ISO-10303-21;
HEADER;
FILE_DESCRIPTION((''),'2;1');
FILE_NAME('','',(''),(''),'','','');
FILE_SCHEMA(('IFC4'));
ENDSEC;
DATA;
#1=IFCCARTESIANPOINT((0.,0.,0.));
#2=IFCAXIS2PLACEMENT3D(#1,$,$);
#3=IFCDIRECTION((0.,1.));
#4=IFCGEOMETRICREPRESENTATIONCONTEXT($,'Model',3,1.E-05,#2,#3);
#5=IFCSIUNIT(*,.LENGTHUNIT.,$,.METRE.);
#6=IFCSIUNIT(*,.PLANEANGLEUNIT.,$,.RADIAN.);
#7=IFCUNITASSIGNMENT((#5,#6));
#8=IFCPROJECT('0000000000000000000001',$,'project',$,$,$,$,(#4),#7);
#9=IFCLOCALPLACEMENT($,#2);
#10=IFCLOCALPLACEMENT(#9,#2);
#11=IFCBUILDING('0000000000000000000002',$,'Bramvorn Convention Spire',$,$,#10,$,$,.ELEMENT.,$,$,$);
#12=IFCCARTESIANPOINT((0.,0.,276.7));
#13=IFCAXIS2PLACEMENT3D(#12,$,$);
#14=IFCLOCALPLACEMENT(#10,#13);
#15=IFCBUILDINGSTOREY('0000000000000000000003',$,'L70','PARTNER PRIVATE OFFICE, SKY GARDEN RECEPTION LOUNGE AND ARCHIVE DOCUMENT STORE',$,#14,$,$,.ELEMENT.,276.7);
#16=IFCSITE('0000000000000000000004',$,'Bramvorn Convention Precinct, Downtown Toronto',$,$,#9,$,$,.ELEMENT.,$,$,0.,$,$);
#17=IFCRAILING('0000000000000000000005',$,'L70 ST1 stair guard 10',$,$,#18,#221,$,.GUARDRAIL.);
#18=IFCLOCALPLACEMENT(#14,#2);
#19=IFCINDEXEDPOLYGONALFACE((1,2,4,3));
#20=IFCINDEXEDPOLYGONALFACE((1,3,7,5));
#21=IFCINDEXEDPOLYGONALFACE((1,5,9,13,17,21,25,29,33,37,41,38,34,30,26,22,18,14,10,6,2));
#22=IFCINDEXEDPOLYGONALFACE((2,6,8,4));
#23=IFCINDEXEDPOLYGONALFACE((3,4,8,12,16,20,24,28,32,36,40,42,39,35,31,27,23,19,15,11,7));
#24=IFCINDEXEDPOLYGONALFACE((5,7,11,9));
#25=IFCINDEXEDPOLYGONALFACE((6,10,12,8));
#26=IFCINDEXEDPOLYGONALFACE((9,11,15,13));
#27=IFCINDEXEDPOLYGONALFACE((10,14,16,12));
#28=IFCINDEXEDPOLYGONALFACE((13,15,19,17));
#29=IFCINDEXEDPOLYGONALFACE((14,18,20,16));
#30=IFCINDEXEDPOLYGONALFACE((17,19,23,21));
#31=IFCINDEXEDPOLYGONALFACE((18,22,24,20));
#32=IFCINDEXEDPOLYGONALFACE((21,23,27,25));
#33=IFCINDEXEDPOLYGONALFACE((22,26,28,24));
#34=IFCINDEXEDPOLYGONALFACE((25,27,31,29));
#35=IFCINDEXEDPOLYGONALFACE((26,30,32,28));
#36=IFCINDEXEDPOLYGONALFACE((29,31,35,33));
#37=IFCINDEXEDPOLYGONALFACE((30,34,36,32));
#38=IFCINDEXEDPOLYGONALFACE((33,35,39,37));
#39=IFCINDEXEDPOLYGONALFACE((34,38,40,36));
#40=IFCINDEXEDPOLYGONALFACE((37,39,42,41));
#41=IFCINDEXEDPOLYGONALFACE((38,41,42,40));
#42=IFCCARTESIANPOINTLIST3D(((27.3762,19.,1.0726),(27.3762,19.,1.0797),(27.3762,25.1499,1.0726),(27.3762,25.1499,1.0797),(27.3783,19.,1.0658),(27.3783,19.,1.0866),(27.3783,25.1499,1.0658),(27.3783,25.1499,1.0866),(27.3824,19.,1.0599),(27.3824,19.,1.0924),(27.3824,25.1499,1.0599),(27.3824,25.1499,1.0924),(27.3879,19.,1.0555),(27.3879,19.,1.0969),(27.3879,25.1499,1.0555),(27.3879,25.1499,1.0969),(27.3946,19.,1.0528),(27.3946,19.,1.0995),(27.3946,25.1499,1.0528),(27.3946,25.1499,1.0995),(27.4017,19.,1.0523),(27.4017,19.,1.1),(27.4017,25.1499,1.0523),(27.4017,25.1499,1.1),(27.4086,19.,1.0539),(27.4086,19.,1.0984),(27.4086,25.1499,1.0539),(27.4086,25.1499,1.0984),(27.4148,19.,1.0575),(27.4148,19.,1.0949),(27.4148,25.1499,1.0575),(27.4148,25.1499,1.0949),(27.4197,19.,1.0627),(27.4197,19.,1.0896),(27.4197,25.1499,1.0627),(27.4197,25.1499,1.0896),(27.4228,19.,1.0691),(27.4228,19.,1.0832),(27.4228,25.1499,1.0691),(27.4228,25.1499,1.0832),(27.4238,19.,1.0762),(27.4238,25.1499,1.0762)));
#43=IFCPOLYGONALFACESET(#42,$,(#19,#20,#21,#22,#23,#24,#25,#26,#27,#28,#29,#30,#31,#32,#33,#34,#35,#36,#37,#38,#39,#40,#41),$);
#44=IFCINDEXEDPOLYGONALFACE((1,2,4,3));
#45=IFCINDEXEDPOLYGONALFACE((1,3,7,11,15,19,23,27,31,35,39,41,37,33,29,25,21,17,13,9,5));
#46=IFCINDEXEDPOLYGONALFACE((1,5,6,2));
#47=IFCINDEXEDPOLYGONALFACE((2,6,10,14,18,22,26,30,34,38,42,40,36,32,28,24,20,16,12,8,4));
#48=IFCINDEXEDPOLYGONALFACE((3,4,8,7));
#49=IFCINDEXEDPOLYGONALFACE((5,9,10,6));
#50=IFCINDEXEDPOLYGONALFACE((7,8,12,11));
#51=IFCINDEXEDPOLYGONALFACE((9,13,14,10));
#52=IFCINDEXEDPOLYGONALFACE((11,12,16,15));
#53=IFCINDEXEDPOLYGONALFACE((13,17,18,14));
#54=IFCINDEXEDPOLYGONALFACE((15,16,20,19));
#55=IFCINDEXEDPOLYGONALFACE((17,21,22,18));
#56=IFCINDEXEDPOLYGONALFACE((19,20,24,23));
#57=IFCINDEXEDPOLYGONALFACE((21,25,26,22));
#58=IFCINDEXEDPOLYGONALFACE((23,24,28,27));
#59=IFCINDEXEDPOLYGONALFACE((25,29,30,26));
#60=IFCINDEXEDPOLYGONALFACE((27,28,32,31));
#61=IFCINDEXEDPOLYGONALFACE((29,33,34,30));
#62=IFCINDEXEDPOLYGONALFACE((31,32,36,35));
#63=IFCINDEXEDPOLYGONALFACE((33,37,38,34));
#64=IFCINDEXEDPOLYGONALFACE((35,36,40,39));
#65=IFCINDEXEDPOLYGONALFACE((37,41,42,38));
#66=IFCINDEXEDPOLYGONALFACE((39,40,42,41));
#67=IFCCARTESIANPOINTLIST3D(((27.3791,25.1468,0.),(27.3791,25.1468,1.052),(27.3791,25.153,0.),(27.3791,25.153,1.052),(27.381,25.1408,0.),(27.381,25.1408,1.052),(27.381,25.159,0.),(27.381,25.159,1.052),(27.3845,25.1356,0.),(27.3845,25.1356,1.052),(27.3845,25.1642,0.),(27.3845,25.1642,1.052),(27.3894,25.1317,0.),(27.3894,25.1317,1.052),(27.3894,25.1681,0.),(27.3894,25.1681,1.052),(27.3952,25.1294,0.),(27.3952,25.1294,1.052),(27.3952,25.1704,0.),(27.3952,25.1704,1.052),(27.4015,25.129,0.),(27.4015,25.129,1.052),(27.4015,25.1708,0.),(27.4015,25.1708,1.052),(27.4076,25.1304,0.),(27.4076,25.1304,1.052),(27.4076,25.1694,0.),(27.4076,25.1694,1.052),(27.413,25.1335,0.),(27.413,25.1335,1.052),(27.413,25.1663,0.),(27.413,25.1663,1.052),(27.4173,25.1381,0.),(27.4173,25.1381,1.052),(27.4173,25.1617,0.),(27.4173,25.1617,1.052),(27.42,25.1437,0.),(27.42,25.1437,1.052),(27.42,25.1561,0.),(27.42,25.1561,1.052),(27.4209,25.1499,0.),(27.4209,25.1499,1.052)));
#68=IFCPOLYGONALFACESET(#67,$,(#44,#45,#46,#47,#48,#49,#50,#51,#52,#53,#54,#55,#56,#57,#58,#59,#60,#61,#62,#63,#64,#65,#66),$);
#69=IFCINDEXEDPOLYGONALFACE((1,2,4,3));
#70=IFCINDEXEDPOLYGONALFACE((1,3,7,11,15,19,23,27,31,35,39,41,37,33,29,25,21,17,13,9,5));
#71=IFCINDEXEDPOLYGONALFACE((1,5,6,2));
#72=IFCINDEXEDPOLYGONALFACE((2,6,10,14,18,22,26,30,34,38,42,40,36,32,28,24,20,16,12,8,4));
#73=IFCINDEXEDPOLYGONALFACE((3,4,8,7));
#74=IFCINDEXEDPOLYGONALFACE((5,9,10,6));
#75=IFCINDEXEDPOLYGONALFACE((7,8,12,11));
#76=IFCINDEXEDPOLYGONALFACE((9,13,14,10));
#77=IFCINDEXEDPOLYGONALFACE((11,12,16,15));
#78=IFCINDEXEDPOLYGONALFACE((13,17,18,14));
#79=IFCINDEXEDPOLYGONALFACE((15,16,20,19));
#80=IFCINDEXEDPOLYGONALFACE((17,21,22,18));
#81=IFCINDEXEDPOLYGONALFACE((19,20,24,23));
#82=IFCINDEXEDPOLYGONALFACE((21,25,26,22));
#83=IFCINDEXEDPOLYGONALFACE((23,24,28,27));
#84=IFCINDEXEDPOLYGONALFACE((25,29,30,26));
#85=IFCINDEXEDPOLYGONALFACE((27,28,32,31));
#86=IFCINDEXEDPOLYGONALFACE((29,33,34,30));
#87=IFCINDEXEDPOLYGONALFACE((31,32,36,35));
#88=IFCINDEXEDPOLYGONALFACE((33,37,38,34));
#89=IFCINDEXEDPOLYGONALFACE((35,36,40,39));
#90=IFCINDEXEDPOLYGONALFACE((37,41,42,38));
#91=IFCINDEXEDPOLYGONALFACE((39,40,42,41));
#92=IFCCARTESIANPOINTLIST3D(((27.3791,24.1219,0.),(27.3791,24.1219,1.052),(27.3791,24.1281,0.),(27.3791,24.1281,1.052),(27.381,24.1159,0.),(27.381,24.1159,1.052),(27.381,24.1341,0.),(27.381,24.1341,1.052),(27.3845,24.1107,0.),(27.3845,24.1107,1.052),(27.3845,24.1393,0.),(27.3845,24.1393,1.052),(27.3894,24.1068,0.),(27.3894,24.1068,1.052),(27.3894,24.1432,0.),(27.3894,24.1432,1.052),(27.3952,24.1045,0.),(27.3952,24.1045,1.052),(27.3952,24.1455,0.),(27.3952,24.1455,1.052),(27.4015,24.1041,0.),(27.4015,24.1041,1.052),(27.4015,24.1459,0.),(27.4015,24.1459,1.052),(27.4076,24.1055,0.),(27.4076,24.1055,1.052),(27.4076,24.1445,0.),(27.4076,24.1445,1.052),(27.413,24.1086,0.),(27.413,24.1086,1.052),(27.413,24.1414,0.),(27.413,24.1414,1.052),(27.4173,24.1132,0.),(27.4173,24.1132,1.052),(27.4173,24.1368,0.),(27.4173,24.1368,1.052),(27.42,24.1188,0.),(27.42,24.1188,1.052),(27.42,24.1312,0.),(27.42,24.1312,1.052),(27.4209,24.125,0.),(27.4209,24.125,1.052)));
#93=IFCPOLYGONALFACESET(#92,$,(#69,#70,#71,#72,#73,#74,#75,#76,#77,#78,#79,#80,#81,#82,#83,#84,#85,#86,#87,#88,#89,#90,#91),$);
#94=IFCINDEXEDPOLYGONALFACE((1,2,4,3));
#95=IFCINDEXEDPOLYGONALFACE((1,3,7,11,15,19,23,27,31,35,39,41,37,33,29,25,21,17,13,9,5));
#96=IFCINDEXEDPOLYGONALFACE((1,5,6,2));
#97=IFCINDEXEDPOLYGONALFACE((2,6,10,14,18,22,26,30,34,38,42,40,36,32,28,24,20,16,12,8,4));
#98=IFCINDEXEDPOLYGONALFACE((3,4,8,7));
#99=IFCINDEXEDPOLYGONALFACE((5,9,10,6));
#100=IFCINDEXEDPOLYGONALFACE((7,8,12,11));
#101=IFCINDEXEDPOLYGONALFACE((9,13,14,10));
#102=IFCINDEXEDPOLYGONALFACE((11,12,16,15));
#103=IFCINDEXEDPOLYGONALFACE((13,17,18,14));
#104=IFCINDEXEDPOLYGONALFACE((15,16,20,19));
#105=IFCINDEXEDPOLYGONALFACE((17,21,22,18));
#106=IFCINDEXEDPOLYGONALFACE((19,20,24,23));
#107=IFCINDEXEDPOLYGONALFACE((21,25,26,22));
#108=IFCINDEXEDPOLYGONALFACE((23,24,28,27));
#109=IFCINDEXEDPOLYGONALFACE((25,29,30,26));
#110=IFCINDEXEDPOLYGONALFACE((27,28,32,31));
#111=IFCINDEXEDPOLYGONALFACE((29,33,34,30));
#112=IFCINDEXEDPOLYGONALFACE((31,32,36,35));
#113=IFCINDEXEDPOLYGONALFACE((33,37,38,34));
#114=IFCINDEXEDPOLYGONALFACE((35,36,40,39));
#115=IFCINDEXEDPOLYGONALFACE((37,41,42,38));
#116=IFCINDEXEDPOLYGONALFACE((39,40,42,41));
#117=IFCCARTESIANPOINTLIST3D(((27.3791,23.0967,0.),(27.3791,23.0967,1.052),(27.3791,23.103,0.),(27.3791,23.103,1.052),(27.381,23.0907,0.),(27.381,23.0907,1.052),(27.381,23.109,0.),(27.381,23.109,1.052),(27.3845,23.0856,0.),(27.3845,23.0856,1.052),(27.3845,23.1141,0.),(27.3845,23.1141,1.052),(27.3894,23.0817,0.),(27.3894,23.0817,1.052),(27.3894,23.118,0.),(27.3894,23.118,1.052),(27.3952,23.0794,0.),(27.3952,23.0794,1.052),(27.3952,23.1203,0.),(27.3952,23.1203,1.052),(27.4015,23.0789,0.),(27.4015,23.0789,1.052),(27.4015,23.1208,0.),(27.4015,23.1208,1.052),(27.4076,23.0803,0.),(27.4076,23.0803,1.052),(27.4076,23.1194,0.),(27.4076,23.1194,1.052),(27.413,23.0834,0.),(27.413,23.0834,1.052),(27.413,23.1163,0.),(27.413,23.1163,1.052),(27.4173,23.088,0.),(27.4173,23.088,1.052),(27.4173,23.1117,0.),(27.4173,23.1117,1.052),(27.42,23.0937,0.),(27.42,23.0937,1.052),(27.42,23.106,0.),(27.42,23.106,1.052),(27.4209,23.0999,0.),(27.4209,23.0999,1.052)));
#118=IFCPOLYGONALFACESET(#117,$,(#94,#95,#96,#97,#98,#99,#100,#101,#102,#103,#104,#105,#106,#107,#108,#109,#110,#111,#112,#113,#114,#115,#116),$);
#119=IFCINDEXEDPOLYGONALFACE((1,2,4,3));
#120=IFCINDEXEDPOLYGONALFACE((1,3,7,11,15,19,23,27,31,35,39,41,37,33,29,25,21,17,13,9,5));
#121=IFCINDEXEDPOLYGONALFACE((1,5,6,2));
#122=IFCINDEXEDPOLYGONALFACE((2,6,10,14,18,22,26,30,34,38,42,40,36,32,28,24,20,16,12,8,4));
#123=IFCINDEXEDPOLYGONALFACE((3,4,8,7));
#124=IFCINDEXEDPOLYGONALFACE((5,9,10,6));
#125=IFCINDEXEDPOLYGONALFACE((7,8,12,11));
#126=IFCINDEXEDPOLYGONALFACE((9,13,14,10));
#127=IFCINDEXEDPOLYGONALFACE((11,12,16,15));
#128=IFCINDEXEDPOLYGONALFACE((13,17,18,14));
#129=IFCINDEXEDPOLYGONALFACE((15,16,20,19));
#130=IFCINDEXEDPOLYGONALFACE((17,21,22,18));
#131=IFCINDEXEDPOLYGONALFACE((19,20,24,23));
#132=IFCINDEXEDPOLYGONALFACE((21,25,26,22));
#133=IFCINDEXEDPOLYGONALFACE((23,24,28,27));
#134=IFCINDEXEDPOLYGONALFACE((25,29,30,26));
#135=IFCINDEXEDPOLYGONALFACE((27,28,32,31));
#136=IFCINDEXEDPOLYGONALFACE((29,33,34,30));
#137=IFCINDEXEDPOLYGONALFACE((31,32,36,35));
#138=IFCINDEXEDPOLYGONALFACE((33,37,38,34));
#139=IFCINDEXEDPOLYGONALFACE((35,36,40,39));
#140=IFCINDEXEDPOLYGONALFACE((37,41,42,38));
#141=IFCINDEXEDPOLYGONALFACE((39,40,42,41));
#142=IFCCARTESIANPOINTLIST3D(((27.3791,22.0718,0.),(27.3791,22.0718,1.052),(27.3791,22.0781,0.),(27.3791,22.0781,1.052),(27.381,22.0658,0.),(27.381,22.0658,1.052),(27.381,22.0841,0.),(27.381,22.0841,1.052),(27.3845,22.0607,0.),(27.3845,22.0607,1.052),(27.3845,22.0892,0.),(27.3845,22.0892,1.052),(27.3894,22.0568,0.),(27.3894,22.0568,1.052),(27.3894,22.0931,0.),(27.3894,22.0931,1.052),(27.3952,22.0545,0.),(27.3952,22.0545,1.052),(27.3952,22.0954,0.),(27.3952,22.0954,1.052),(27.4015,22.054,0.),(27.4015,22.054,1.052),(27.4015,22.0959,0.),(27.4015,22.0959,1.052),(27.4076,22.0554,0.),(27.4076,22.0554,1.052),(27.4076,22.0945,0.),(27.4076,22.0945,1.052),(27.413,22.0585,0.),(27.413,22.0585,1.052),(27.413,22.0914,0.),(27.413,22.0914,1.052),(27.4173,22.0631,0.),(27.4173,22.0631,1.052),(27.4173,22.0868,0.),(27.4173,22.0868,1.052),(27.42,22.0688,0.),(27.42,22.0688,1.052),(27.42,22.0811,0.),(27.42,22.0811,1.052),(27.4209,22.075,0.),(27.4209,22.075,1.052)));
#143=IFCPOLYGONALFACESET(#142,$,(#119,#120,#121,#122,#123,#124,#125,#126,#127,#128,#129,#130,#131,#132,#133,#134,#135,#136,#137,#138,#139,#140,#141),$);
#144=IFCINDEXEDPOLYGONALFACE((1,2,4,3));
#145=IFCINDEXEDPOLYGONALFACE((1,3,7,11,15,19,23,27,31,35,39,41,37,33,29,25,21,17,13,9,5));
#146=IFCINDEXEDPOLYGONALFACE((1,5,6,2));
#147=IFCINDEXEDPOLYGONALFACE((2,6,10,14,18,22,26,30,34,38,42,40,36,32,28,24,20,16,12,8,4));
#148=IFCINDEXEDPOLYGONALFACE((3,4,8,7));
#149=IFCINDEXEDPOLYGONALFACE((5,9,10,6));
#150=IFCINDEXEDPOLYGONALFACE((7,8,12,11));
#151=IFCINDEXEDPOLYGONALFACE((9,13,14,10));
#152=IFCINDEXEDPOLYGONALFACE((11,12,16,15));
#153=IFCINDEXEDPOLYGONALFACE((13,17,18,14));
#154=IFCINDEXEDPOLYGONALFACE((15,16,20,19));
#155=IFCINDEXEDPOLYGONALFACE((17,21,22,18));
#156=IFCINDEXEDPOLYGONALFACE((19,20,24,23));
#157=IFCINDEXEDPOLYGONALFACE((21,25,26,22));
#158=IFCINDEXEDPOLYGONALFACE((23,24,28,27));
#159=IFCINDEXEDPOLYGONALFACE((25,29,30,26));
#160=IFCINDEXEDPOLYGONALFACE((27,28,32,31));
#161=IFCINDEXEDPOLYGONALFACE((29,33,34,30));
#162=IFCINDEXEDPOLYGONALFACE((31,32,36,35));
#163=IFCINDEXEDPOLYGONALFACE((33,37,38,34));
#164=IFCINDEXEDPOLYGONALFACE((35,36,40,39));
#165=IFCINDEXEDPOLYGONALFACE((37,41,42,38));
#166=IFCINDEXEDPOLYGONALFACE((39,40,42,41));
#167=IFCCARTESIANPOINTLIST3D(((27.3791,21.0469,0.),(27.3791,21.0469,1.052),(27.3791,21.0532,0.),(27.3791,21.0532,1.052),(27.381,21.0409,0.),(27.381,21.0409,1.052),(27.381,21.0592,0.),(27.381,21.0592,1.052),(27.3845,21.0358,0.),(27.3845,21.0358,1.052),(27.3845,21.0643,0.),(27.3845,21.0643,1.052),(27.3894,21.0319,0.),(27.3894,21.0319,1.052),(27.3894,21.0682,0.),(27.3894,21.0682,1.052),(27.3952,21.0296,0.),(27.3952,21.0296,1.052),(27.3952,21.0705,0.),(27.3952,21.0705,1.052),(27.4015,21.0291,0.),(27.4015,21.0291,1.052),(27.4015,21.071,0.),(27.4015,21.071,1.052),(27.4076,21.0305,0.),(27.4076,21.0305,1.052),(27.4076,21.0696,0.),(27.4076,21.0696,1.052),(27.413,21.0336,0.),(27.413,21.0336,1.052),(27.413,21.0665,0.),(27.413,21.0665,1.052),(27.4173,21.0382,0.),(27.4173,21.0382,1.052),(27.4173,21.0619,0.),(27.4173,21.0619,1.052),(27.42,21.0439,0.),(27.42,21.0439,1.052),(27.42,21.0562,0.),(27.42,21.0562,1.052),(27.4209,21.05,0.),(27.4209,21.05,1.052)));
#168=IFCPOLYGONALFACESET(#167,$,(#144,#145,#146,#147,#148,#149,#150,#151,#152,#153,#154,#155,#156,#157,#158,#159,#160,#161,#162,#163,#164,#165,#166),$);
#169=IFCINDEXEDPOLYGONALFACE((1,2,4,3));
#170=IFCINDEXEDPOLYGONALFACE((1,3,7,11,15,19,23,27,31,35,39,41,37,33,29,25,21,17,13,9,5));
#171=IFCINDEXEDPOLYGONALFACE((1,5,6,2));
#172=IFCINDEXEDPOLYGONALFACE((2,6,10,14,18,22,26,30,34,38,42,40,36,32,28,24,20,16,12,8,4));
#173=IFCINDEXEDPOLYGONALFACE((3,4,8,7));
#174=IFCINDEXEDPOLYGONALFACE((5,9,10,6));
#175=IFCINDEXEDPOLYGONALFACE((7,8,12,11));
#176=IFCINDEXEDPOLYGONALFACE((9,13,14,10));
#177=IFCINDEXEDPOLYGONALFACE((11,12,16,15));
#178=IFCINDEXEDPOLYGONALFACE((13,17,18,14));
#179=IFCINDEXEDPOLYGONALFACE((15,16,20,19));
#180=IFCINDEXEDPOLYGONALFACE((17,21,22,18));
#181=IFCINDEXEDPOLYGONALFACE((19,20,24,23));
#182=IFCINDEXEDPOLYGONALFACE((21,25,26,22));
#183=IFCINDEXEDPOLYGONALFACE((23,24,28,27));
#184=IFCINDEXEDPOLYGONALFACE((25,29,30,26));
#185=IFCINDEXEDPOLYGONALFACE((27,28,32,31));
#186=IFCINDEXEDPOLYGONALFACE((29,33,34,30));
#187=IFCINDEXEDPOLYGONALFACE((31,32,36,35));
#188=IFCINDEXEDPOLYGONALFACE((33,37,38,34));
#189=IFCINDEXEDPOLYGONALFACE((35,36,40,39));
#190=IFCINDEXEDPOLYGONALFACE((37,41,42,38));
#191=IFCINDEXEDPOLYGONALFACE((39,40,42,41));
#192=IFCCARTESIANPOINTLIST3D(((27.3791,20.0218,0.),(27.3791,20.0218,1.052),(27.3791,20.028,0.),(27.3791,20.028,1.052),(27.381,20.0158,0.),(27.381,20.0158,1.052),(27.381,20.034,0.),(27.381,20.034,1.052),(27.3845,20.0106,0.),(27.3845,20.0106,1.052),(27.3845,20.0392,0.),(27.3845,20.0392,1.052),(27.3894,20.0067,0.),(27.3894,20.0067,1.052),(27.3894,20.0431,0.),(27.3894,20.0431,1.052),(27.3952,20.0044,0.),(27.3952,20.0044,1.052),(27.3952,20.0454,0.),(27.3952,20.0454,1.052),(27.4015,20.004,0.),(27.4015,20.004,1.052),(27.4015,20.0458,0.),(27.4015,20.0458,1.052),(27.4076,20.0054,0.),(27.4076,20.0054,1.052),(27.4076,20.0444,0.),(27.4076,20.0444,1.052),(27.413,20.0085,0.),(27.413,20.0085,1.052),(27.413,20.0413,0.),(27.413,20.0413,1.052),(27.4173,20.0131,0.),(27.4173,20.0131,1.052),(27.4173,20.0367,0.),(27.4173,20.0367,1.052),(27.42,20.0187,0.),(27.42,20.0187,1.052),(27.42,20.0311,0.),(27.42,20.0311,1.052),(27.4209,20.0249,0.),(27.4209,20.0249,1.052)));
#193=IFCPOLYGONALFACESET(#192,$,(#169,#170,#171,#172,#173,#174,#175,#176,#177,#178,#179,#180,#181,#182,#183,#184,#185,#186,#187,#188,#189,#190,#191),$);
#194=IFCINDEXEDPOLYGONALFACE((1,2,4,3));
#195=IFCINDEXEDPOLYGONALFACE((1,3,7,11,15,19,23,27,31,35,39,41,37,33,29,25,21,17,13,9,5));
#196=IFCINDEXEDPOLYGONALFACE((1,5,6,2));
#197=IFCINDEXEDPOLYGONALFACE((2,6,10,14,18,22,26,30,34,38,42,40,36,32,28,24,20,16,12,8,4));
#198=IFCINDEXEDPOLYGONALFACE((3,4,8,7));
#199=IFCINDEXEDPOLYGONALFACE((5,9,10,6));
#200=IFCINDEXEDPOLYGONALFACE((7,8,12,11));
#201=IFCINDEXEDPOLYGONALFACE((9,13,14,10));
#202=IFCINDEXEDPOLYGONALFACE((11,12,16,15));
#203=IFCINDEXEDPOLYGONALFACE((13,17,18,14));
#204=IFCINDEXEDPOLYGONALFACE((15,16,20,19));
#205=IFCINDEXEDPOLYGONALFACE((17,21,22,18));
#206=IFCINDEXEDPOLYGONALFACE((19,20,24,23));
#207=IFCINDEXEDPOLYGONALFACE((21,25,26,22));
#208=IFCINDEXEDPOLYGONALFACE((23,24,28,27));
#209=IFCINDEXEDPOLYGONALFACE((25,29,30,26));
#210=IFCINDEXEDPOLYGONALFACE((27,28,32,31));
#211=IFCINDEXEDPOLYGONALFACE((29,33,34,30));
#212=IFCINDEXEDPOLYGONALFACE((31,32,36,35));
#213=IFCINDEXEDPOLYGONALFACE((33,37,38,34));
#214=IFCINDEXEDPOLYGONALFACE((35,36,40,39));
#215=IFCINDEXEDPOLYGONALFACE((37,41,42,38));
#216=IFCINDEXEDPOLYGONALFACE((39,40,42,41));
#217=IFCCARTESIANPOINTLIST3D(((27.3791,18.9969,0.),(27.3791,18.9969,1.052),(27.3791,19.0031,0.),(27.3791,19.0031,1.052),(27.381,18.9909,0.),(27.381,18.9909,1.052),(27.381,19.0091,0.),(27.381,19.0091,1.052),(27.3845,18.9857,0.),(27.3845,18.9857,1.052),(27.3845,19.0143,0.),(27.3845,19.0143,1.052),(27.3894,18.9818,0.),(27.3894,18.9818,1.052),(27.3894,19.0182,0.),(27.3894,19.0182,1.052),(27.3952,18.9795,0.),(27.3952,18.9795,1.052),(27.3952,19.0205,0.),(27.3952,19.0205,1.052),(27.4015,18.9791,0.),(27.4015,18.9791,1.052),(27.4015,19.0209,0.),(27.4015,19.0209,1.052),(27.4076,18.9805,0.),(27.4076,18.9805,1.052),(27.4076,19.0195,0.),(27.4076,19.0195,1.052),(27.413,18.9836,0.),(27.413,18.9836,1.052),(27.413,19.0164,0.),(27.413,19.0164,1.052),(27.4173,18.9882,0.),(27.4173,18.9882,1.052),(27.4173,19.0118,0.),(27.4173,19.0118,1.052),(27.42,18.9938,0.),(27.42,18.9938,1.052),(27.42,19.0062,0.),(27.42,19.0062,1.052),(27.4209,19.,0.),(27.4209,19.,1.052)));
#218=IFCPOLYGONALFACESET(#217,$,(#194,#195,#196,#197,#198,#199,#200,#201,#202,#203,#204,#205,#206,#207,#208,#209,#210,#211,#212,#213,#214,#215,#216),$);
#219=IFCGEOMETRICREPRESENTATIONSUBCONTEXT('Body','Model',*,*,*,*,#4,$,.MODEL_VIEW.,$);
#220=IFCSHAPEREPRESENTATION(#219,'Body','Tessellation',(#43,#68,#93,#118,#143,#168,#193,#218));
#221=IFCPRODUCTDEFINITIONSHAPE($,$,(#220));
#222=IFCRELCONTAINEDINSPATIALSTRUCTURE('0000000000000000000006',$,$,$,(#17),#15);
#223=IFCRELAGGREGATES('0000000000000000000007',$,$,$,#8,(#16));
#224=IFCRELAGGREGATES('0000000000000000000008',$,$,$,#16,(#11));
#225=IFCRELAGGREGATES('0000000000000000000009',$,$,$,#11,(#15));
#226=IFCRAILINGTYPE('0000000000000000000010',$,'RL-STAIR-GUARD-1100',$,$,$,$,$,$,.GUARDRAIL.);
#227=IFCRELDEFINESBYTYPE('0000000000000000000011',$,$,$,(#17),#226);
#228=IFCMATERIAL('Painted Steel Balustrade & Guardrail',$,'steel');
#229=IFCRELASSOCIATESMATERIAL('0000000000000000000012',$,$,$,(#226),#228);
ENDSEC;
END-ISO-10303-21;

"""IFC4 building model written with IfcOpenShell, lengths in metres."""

from ifc_helpers import new_model, si_unit, direction, frame, origin, origin_2d, place, context, subcontext, project, spatial, circle, extrude, material, type_object, element, save


model = new_model("IFC4")

# Units and contexts
model_context = context("Model", 3, precision=1e-05, world=origin(), true_north=direction((0.0, 1.0)))
body_context = subcontext(model_context, "Body", "Model", "MODEL_VIEW")
ifc_project = project(units=[si_unit("LENGTHUNIT", "METRE"), si_unit("PLANEANGLEUNIT", "RADIAN")], contexts=[model_context])

# Site, building, storey
site_placement = place(None, origin())
site = spatial("IfcSite", under=ifc_project, at=site_placement, Name="Bramvorn Convention Precinct, Downtown Toronto", CompositionType="ELEMENT", RefElevation=0.0)
building_placement = place(site_placement, origin())
building = spatial("IfcBuilding", under=site, at=building_placement, Name="Bramvorn Convention Spire", CompositionType="ELEMENT")
storey_placement = place(building_placement, frame((0.0, 0.0, 276.7)))
storey = spatial("IfcBuildingStorey", under=building, at=storey_placement, Name="L70", Description="PARTNER PRIVATE OFFICE, SKY GARDEN RECEPTION LOUNGE AND ARCHIVE DOCUMENT STORE", CompositionType="ELEMENT", Elevation=276.7)

# Railing
ifc_material_1 = material(Name="Painted Steel Balustrade & Guardrail", Category="steel")
railing_type = type_object("IfcRailingType", Name="RL-STAIR-GUARD-1100", PredefinedType="GUARDRAIL", material=ifc_material_1)
railing_1_placement = place(storey_placement, frame((27.3999, 25.1499, 0.0)))
element("IfcRailing", 1, at=railing_1_placement, inside=storey, type_object=railing_type, Name="L70 ST1 stair guard 10", PredefinedType="GUARDRAIL", context=body_context, shape_type="SweptSolid", body=[
    extrude(circle(Radius=0.0239, at=origin_2d()), frame((0.0, 0.0, 1.0762), z_axis=(0.0, -1.0, 0.0), x_axis=(1.0, 0.0, 0.0)), (0.0, 0.0, 1.0), 6.1499),
    extrude(circle(Radius=0.021, at=origin_2d()), origin(), (0.0, 0.0, 1.0), 1.052),
    extrude(circle(Radius=0.021, at=origin_2d()), frame((0.0, -1.0249, 0.0)), (0.0, 0.0, 1.0), 1.052),
    extrude(circle(Radius=0.021, at=origin_2d()), frame((0.0, -2.05, 0.0)), (0.0, 0.0, 1.0), 1.052),
    extrude(circle(Radius=0.021, at=origin_2d()), frame((0.0, -3.075, 0.0)), (0.0, 0.0, 1.0), 1.052),
    extrude(circle(Radius=0.021, at=origin_2d()), frame((0.0, -4.0999, 0.0)), (0.0, 0.0, 1.0), 1.052),
    extrude(circle(Radius=0.021, at=origin_2d()), frame((0.0, -5.125, 0.0)), (0.0, 0.0, 1.0), 1.052),
    extrude(circle(Radius=0.021, at=origin_2d()), frame((0.0, -6.1499, 0.0)), (0.0, 0.0, 1.0), 1.052),
])

save(model, "model.ifc")
